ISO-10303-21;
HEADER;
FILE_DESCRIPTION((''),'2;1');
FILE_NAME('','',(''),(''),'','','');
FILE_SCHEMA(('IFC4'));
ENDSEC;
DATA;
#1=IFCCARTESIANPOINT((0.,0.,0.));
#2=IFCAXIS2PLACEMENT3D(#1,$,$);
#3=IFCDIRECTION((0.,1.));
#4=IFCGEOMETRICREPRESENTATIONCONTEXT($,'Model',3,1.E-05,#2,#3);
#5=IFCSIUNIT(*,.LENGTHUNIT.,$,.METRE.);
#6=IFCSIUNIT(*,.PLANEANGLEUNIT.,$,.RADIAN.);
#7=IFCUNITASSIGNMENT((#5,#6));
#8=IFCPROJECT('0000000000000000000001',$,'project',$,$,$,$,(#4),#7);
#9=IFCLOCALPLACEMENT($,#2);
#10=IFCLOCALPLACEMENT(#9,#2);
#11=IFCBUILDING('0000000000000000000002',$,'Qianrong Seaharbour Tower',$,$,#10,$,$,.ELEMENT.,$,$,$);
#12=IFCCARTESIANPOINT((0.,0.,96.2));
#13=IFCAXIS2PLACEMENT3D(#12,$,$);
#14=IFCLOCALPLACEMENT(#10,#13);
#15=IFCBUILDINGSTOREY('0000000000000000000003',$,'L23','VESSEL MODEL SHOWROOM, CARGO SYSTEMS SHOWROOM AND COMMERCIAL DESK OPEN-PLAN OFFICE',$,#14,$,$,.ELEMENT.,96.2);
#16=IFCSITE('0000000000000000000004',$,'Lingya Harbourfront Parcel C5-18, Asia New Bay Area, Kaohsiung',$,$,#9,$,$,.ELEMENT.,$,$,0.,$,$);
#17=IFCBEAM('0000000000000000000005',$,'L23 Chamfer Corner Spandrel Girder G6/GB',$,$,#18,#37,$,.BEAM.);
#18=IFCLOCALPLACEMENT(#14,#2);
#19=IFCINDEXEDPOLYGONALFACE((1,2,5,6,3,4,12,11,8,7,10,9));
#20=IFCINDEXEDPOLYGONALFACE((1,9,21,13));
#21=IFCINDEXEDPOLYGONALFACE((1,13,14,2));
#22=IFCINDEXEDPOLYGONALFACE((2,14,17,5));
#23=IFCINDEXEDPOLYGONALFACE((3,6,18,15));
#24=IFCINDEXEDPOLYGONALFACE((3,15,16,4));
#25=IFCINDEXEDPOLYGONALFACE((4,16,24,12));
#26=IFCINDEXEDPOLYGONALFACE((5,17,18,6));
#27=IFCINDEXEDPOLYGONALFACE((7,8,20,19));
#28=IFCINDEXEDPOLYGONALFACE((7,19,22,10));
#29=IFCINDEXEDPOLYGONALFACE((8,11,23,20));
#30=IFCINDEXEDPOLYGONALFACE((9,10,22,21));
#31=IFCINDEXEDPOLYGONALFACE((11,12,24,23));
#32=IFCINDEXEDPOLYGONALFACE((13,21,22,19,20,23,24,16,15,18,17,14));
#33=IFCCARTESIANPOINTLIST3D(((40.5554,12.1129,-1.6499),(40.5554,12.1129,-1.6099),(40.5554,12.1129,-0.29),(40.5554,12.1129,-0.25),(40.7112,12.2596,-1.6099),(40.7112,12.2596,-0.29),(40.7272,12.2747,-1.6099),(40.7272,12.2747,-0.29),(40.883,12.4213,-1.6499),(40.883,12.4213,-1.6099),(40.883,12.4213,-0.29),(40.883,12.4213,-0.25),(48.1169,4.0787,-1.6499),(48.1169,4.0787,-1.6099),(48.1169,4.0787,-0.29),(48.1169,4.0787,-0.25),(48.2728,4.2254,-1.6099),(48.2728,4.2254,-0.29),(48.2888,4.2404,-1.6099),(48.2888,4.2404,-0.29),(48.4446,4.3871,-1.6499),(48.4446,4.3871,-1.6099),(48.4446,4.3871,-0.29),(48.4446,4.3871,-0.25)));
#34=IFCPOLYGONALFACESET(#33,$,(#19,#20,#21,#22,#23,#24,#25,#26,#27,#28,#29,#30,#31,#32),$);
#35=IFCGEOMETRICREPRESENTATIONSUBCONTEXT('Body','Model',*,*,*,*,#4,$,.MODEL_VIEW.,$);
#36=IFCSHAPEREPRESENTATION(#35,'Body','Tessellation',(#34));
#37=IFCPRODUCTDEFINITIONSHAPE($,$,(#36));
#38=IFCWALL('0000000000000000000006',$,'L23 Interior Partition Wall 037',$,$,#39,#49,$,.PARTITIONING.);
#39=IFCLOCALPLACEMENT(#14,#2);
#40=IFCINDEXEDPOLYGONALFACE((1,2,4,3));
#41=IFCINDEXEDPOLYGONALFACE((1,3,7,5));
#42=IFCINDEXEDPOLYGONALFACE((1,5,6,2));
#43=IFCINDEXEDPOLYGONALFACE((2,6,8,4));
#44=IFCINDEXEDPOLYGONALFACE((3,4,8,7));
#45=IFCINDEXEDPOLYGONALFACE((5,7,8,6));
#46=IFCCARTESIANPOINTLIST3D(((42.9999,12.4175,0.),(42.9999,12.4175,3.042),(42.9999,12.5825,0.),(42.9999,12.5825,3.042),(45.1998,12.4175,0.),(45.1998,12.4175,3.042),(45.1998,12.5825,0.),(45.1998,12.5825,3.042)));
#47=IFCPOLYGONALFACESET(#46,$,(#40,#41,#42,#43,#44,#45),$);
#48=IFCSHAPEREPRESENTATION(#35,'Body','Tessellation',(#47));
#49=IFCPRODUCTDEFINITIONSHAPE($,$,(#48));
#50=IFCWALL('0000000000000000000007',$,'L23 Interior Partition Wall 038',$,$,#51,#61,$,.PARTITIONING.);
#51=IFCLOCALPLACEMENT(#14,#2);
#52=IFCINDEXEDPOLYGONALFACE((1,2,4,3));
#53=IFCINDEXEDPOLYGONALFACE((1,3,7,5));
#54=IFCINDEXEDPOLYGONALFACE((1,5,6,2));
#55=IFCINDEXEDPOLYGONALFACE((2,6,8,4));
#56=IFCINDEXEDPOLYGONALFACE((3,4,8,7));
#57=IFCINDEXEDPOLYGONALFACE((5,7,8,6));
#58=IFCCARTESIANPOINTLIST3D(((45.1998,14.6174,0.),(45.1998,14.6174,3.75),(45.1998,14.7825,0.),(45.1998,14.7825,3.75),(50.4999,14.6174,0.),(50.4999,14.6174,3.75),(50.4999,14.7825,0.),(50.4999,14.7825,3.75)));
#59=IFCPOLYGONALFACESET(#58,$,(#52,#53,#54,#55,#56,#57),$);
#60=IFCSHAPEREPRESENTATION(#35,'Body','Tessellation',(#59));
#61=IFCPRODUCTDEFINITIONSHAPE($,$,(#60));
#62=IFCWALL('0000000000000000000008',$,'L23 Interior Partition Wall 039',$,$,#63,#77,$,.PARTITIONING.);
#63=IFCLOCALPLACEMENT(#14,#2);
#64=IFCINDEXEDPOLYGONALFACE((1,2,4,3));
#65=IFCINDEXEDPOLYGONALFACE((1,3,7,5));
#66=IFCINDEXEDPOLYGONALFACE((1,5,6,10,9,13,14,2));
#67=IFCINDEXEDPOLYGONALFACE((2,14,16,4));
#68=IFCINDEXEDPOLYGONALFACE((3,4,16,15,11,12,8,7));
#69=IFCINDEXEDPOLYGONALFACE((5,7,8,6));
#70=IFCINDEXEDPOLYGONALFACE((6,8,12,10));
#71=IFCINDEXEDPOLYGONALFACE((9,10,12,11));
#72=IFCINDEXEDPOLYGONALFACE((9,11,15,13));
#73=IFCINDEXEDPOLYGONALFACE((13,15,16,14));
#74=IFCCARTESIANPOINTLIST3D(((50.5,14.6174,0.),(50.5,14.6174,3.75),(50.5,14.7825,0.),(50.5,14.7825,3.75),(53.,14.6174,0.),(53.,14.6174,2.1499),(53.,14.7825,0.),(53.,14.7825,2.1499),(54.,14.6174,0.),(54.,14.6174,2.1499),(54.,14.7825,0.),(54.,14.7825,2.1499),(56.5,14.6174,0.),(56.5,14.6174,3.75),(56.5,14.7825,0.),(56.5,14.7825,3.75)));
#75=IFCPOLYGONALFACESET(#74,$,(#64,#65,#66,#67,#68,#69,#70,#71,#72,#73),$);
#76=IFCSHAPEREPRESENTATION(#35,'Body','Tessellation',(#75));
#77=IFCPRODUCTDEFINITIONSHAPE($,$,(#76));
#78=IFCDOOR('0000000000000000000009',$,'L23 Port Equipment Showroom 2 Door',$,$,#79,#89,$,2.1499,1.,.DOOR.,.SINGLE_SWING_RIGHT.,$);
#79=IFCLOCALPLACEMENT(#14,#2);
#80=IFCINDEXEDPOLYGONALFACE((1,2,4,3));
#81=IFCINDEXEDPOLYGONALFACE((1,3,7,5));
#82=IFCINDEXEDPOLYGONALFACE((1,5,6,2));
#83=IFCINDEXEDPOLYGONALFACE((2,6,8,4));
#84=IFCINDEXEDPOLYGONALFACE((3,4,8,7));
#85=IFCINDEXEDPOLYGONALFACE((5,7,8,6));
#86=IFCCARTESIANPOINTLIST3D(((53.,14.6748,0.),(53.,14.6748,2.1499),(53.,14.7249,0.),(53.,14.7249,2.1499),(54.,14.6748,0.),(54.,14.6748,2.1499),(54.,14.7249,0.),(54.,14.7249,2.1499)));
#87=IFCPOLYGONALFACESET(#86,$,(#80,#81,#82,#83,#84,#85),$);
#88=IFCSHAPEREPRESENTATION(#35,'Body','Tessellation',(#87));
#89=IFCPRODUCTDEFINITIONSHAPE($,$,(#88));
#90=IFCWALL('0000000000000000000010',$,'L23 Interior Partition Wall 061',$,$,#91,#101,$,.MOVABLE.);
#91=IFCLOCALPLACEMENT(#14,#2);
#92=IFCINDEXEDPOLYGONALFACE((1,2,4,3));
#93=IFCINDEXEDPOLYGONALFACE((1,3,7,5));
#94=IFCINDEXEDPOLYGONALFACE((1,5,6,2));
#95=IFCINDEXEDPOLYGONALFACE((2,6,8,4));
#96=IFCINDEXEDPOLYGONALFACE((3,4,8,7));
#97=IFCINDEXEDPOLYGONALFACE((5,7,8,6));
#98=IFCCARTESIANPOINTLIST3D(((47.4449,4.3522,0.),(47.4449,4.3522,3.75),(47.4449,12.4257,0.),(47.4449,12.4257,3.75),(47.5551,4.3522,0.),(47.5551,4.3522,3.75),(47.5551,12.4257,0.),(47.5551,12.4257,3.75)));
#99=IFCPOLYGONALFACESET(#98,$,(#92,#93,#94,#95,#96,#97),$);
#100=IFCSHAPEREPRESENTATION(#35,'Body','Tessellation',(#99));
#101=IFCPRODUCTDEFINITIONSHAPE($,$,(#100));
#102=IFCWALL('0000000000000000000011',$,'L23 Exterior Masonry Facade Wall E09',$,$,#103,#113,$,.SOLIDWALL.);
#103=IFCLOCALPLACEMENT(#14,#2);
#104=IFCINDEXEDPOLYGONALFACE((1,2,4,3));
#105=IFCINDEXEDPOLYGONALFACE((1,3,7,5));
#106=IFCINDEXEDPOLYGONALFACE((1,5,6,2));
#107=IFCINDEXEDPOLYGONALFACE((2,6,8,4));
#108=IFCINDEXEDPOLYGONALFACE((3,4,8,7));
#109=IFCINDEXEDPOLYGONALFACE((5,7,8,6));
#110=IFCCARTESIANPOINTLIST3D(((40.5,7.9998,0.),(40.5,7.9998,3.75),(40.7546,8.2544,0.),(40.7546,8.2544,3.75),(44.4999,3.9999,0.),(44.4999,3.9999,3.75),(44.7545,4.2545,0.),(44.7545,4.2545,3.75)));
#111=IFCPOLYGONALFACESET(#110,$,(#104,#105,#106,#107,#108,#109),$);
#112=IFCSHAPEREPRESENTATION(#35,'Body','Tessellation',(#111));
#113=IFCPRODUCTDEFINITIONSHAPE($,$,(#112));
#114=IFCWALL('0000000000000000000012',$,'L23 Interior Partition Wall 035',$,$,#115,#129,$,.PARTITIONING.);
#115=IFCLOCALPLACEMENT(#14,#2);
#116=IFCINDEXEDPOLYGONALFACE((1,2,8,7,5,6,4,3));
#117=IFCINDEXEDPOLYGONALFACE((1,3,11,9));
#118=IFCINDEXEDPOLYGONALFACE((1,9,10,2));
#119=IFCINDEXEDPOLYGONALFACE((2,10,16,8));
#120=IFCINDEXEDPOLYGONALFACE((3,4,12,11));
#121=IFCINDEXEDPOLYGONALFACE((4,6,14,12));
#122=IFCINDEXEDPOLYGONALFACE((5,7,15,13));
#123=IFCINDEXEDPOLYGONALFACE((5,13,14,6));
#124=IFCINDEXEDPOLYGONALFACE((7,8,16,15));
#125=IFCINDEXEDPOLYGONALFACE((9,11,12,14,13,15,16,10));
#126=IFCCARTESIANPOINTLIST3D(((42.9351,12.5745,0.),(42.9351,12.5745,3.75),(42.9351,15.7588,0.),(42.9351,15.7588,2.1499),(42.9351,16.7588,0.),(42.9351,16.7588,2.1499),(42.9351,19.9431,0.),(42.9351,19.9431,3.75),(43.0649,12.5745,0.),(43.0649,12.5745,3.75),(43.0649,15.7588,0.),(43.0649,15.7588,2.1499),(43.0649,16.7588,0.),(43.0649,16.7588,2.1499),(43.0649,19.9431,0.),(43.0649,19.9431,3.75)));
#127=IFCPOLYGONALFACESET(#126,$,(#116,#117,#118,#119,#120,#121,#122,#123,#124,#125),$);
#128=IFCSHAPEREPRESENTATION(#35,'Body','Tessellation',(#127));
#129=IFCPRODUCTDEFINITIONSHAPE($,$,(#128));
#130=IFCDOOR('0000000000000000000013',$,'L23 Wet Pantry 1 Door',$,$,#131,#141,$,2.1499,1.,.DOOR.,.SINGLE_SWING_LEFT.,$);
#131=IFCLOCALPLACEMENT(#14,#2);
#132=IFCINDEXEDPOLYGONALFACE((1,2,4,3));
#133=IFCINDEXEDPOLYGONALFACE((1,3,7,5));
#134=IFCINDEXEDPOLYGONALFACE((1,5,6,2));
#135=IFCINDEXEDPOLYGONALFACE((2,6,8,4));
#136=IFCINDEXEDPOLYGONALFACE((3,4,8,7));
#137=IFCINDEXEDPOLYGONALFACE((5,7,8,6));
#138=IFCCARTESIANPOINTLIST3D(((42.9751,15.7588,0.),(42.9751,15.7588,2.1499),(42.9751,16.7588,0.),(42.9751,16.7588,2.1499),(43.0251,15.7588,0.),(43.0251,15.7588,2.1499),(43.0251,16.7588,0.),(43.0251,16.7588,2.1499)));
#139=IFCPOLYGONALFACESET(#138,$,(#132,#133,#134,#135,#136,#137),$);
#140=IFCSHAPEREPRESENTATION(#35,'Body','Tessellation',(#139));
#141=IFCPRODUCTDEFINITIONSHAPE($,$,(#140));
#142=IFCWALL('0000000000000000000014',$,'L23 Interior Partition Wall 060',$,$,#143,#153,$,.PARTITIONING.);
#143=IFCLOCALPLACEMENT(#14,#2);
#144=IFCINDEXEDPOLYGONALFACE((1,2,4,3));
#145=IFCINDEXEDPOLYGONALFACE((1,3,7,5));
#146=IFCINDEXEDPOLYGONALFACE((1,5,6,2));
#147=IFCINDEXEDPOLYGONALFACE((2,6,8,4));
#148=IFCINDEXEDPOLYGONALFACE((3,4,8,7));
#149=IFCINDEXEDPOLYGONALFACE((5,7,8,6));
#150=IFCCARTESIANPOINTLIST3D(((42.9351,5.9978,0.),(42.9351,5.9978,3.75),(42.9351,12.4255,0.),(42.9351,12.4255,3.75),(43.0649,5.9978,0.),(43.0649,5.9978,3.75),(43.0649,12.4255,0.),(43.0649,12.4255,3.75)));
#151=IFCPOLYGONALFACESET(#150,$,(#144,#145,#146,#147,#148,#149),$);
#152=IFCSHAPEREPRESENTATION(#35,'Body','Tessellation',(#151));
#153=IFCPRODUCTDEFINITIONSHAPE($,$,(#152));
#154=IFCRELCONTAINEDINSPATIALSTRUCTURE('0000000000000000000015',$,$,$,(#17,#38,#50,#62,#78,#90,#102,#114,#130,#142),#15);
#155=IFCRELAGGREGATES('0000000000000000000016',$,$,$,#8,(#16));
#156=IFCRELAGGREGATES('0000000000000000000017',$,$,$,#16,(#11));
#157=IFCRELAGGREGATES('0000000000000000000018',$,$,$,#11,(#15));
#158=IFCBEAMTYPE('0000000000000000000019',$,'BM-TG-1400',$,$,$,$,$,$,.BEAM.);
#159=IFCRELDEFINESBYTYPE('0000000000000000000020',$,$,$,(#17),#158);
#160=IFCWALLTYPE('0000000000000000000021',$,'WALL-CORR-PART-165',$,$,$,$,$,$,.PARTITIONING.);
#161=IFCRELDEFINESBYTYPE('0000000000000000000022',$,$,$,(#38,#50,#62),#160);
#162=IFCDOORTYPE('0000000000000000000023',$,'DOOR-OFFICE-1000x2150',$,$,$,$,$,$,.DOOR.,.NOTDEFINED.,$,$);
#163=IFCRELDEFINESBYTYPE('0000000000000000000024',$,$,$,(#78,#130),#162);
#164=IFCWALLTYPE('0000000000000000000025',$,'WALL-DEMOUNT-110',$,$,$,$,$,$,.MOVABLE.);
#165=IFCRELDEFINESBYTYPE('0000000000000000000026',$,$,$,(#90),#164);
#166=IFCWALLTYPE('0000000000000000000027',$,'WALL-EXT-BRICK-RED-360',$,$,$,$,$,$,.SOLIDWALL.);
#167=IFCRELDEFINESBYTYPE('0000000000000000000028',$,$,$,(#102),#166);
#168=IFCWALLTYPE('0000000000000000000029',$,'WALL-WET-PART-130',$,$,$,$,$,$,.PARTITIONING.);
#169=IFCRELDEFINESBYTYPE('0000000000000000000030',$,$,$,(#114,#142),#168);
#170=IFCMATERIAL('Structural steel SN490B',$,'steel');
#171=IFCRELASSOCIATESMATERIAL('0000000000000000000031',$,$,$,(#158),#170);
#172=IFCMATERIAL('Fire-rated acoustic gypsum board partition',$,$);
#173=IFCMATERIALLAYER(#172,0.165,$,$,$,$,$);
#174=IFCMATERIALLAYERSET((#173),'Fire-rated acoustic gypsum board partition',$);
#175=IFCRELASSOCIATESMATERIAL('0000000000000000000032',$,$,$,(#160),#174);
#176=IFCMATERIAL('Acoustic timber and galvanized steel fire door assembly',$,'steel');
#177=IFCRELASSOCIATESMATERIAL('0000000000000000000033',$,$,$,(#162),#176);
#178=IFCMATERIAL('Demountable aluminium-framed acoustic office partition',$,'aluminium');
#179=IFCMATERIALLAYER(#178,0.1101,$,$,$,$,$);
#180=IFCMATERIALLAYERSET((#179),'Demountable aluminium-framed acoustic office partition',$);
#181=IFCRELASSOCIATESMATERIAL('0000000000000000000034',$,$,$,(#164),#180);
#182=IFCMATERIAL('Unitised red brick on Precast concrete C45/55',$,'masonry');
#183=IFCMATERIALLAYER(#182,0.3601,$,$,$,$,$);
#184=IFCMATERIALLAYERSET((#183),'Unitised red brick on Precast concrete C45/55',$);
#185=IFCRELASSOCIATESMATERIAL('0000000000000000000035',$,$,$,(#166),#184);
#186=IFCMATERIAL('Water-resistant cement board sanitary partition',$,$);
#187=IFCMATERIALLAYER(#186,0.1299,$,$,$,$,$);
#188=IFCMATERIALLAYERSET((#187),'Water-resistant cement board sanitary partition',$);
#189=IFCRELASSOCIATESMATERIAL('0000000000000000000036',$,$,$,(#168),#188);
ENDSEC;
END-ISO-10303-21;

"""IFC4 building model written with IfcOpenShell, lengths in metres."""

from ifc_helpers import new_model, si_unit, direction, frame, frame_2d, origin, origin_2d, place, context, subcontext, project, spatial, rectangle, i_section, extrude, material, layer, layer_set, material_profile, profile_set, type_object, element, fill, save


model = new_model("IFC4")

# Units and contexts
model_context = context("Model", 3, precision=1e-05, world=origin(), true_north=direction((0.0, 1.0)))
body_context = subcontext(model_context, "Body", "Model", "MODEL_VIEW")
ifc_project = project(units=[si_unit("LENGTHUNIT", "METRE"), si_unit("PLANEANGLEUNIT", "RADIAN")], contexts=[model_context])

# Site, building, storey
site_placement = place(None, origin())
site = spatial("IfcSite", under=ifc_project, at=site_placement, Name="Lingya Harbourfront Parcel C5-18, Asia New Bay Area, Kaohsiung", CompositionType="ELEMENT", RefElevation=0.0)
building_placement = place(site_placement, origin())
building = spatial("IfcBuilding", under=site, at=building_placement, Name="Qianrong Seaharbour Tower", CompositionType="ELEMENT")
storey_placement = place(building_placement, frame((0.0, 0.0, 96.2)))
storey = spatial("IfcBuildingStorey", under=building, at=storey_placement, Name="L23", Description="VESSEL MODEL SHOWROOM, CARGO SYSTEMS SHOWROOM AND COMMERCIAL DESK OPEN-PLAN OFFICE", CompositionType="ELEMENT", Elevation=96.2)

# Shared definitions
ifc_material_1 = material(Name="Structural steel SN490B", Category="steel")

# Beam
ifc_material_profile_1 = material_profile(ifc_material_1, i_section(OverallWidth=0.45, OverallDepth=1.3999, WebThickness=0.022, FlangeThickness=0.04, at=origin_2d()), Name="BH1400x450x22x40")
ifc_profile_set_1 = profile_set([ifc_material_profile_1], Name="Structural steel SN490B")
beam_type_1 = type_object("IfcBeamType", Name="BM-TG-1400", PredefinedType="BEAM", material=ifc_profile_set_1)
beam_1_placement = place(storey_placement, frame((48.2808, 4.2329, -0.95), z_axis=(-0.685362, 0.728203, 0.0), x_axis=(-0.728203, -0.685362, 0.0)))
element("IfcBeam", 1, at=beam_1_placement, inside=storey, type_object=beam_type_1, Name="L23 Chamfer Corner Spandrel Girder G6/GB", PredefinedType="BEAM", context=body_context, shape_type="SweptSolid", body=[
    extrude(i_section(OverallWidth=0.45, OverallDepth=1.3999, WebThickness=0.022, FlangeThickness=0.04, at=origin_2d()), origin(), (0.0, 0.0, 1.0), 11.033),
])

# Walls
ifc_material_2 = material(Name="Fire-rated acoustic gypsum board partition")
ifc_layer_1 = layer(ifc_material_2, 0.165)
ifc_layer_set_1 = layer_set([ifc_layer_1], Name="Fire-rated acoustic gypsum board partition")
wall_type_1 = type_object("IfcWallType", Name="WALL-CORR-PART-165", PredefinedType="PARTITIONING", material=ifc_layer_set_1)
wall_1_placement = place(storey_placement, frame((45.2, 12.5, 0.0), z_axis=(0.0, 0.0, 1.0), x_axis=(-1.0, 0.0, 0.0)))
element("IfcWall", 2, at=wall_1_placement, inside=storey, type_object=wall_type_1, Name="L23 Interior Partition Wall 037", PredefinedType="PARTITIONING", context=body_context, shape_type="SweptSolid", body=[
    extrude(rectangle(XDim=2.2, YDim=0.165, at=frame_2d((1.1001, 0.0))), origin(), (0.0, 0.0, 1.0), 3.042),
])
wall_2_placement = place(storey_placement, frame((45.2, 14.7, 0.0), z_axis=(0.0, 0.0, 1.0), x_axis=(1.0, 0.0, 0.0)))
element("IfcWall", 3, at=wall_2_placement, inside=storey, type_object=wall_type_1, Name="L23 Interior Partition Wall 038", PredefinedType="PARTITIONING", context=body_context, shape_type="SweptSolid", body=[
    extrude(rectangle(XDim=5.3, YDim=0.165, at=frame_2d((2.6499, 0.0))), origin(), (0.0, 0.0, 1.0), 3.75),
])

# Wall, opening, door
wall_3_placement = place(storey_placement, frame((50.5, 14.7, 0.0), z_axis=(0.0, 0.0, 1.0), x_axis=(1.0, 0.0, 0.0)))
wall_3 = element("IfcWall", 4, at=wall_3_placement, inside=storey, type_object=wall_type_1, Name="L23 Interior Partition Wall 039", PredefinedType="PARTITIONING", context=body_context, shape_type="SweptSolid", body=[
    extrude(rectangle(XDim=6.0, YDim=0.165, at=frame_2d((3.0, 0.0))), origin(), (0.0, 0.0, 1.0), 3.75),
])
opening_1_placement = place(wall_3_placement, frame((2.5, 0.0, 0.0)))
opening_1 = element("IfcOpeningElement", 5, at=opening_1_placement, cuts=wall_3, PredefinedType="OPENING", context=body_context, shape_type="SweptSolid", body=[
    extrude(rectangle(XDim=1.0, YDim=2.1499, at=frame_2d((0.5, 1.075))), frame((0.0, 0.0925, 0.0), z_axis=(0.0, -1.0, 0.0), x_axis=(1.0, 0.0, 0.0)), (0.0, 0.0, 1.0), 0.1851),
])
ifc_material_3 = material(Name="Acoustic timber and galvanized steel fire door assembly", Category="steel")
door_type = type_object("IfcDoorType", Name="DOOR-OFFICE-1000x2150", OperationType="NOTDEFINED", PredefinedType="DOOR", material=ifc_material_3)
door_1_placement = place(opening_1_placement, origin())
door_1 = element("IfcDoor", 6, at=door_1_placement, inside=storey, type_object=door_type, Name="L23 Port Equipment Showroom 2 Door", OperationType="SINGLE_SWING_RIGHT", OverallHeight=2.1499, OverallWidth=1.0, PredefinedType="DOOR", context=body_context, shape_type="SweptSolid", body=[
    extrude(rectangle(XDim=1.0, YDim=2.1499, at=frame_2d((0.5, 1.075))), frame((0.0, 0.0249, 0.0), z_axis=(0.0, -1.0, 0.0), x_axis=(1.0, 0.0, 0.0)), (0.0, 0.0, 1.0), 0.05),
])
fill(opening_1, door_1)

# Walls
ifc_material_4 = material(Name="Demountable aluminium-framed acoustic office partition", Category="aluminium")
ifc_layer_2 = layer(ifc_material_4, 0.1101)
ifc_layer_set_2 = layer_set([ifc_layer_2], Name="Demountable aluminium-framed acoustic office partition")
wall_type_2 = type_object("IfcWallType", Name="WALL-DEMOUNT-110", PredefinedType="MOVABLE", material=ifc_layer_set_2)
wall_4_placement = place(storey_placement, frame((47.5, 12.4255, 0.0), z_axis=(0.0, 0.0, 1.0), x_axis=(0.0, -1.0, 0.0)))
element("IfcWall", 7, at=wall_4_placement, inside=storey, type_object=wall_type_2, Name="L23 Interior Partition Wall 061", PredefinedType="MOVABLE", context=body_context, shape_type="SweptSolid", body=[
    extrude(rectangle(XDim=8.0735, YDim=0.1101, at=frame_2d((4.0366, 0.0))), origin(), (0.0, 0.0, 1.0), 3.75),
])
ifc_material_5 = material(Name="Unitised red brick on Precast concrete C45/55", Category="masonry")
ifc_layer_3 = layer(ifc_material_5, 0.3601)
ifc_layer_set_3 = layer_set([ifc_layer_3], Name="Unitised red brick on Precast concrete C45/55")
wall_type_3 = type_object("IfcWallType", Name="WALL-EXT-BRICK-RED-360", PredefinedType="SOLIDWALL", material=ifc_layer_set_3)
wall_5_placement = place(storey_placement, frame((44.6272, 4.1272, 0.0), z_axis=(0.0, 0.0, 1.0), x_axis=(-0.707107, 0.707107, 0.0)))
element("IfcWall", 8, at=wall_5_placement, inside=storey, type_object=wall_type_3, Name="L23 Exterior Masonry Facade Wall E09", PredefinedType="SOLIDWALL", context=body_context, shape_type="SweptSolid", body=[
    extrude(rectangle(XDim=5.6567, YDim=0.3601, at=frame_2d((2.8284, 0.0))), origin(), (0.0, 0.0, 1.0), 3.75),
])

# Wall, opening, door
ifc_material_6 = material(Name="Water-resistant cement board sanitary partition")
ifc_layer_4 = layer(ifc_material_6, 0.1299)
ifc_layer_set_4 = layer_set([ifc_layer_4], Name="Water-resistant cement board sanitary partition")
wall_type_4 = type_object("IfcWallType", Name="WALL-WET-PART-130", PredefinedType="PARTITIONING", material=ifc_layer_set_4)
wall_6_placement = place(storey_placement, frame((43.0, 12.5745, 0.0), z_axis=(0.0, 0.0, 1.0), x_axis=(0.0, 1.0, 0.0)))
wall_6 = element("IfcWall", 9, at=wall_6_placement, inside=storey, type_object=wall_type_4, Name="L23 Interior Partition Wall 035", PredefinedType="PARTITIONING", context=body_context, shape_type="SweptSolid", body=[
    extrude(rectangle(XDim=7.3687, YDim=0.1299, at=frame_2d((3.6843, 0.0))), origin(), (0.0, 0.0, 1.0), 3.75),
])
opening_2_placement = place(wall_6_placement, frame((3.1843, 0.0, 0.0)))
opening_2 = element("IfcOpeningElement", 10, at=opening_2_placement, cuts=wall_6, PredefinedType="OPENING", context=body_context, shape_type="SweptSolid", body=[
    extrude(rectangle(XDim=1.0, YDim=2.1499, at=frame_2d((0.5, 1.075))), frame((0.0, 0.075, 0.0), z_axis=(0.0, -1.0, 0.0), x_axis=(1.0, 0.0, 0.0)), (0.0, 0.0, 1.0), 0.1499),
])
door_2_placement = place(opening_2_placement, origin())
door_2 = element("IfcDoor", 11, at=door_2_placement, inside=storey, type_object=door_type, Name="L23 Wet Pantry 1 Door", OperationType="SINGLE_SWING_LEFT", OverallHeight=2.1499, OverallWidth=1.0, PredefinedType="DOOR", context=body_context, shape_type="SweptSolid", body=[
    extrude(rectangle(XDim=1.0, YDim=2.1499, at=frame_2d((0.5, 1.075))), frame((0.0, 0.0249, 0.0), z_axis=(0.0, -1.0, 0.0), x_axis=(1.0, 0.0, 0.0)), (0.0, 0.0, 1.0), 0.05),
])
fill(opening_2, door_2)

# Wall
wall_7_placement = place(storey_placement, frame((43.0, 12.4255, 0.0), z_axis=(0.0, 0.0, 1.0), x_axis=(0.0, -1.0, 0.0)))
element("IfcWall", 12, at=wall_7_placement, inside=storey, type_object=wall_type_4, Name="L23 Interior Partition Wall 060", PredefinedType="PARTITIONING", context=body_context, shape_type="SweptSolid", body=[
    extrude(rectangle(XDim=6.4277, YDim=0.1299, at=frame_2d((3.2139, 0.0))), origin(), (0.0, 0.0, 1.0), 3.75),
])

save(model, "model.ifc")
